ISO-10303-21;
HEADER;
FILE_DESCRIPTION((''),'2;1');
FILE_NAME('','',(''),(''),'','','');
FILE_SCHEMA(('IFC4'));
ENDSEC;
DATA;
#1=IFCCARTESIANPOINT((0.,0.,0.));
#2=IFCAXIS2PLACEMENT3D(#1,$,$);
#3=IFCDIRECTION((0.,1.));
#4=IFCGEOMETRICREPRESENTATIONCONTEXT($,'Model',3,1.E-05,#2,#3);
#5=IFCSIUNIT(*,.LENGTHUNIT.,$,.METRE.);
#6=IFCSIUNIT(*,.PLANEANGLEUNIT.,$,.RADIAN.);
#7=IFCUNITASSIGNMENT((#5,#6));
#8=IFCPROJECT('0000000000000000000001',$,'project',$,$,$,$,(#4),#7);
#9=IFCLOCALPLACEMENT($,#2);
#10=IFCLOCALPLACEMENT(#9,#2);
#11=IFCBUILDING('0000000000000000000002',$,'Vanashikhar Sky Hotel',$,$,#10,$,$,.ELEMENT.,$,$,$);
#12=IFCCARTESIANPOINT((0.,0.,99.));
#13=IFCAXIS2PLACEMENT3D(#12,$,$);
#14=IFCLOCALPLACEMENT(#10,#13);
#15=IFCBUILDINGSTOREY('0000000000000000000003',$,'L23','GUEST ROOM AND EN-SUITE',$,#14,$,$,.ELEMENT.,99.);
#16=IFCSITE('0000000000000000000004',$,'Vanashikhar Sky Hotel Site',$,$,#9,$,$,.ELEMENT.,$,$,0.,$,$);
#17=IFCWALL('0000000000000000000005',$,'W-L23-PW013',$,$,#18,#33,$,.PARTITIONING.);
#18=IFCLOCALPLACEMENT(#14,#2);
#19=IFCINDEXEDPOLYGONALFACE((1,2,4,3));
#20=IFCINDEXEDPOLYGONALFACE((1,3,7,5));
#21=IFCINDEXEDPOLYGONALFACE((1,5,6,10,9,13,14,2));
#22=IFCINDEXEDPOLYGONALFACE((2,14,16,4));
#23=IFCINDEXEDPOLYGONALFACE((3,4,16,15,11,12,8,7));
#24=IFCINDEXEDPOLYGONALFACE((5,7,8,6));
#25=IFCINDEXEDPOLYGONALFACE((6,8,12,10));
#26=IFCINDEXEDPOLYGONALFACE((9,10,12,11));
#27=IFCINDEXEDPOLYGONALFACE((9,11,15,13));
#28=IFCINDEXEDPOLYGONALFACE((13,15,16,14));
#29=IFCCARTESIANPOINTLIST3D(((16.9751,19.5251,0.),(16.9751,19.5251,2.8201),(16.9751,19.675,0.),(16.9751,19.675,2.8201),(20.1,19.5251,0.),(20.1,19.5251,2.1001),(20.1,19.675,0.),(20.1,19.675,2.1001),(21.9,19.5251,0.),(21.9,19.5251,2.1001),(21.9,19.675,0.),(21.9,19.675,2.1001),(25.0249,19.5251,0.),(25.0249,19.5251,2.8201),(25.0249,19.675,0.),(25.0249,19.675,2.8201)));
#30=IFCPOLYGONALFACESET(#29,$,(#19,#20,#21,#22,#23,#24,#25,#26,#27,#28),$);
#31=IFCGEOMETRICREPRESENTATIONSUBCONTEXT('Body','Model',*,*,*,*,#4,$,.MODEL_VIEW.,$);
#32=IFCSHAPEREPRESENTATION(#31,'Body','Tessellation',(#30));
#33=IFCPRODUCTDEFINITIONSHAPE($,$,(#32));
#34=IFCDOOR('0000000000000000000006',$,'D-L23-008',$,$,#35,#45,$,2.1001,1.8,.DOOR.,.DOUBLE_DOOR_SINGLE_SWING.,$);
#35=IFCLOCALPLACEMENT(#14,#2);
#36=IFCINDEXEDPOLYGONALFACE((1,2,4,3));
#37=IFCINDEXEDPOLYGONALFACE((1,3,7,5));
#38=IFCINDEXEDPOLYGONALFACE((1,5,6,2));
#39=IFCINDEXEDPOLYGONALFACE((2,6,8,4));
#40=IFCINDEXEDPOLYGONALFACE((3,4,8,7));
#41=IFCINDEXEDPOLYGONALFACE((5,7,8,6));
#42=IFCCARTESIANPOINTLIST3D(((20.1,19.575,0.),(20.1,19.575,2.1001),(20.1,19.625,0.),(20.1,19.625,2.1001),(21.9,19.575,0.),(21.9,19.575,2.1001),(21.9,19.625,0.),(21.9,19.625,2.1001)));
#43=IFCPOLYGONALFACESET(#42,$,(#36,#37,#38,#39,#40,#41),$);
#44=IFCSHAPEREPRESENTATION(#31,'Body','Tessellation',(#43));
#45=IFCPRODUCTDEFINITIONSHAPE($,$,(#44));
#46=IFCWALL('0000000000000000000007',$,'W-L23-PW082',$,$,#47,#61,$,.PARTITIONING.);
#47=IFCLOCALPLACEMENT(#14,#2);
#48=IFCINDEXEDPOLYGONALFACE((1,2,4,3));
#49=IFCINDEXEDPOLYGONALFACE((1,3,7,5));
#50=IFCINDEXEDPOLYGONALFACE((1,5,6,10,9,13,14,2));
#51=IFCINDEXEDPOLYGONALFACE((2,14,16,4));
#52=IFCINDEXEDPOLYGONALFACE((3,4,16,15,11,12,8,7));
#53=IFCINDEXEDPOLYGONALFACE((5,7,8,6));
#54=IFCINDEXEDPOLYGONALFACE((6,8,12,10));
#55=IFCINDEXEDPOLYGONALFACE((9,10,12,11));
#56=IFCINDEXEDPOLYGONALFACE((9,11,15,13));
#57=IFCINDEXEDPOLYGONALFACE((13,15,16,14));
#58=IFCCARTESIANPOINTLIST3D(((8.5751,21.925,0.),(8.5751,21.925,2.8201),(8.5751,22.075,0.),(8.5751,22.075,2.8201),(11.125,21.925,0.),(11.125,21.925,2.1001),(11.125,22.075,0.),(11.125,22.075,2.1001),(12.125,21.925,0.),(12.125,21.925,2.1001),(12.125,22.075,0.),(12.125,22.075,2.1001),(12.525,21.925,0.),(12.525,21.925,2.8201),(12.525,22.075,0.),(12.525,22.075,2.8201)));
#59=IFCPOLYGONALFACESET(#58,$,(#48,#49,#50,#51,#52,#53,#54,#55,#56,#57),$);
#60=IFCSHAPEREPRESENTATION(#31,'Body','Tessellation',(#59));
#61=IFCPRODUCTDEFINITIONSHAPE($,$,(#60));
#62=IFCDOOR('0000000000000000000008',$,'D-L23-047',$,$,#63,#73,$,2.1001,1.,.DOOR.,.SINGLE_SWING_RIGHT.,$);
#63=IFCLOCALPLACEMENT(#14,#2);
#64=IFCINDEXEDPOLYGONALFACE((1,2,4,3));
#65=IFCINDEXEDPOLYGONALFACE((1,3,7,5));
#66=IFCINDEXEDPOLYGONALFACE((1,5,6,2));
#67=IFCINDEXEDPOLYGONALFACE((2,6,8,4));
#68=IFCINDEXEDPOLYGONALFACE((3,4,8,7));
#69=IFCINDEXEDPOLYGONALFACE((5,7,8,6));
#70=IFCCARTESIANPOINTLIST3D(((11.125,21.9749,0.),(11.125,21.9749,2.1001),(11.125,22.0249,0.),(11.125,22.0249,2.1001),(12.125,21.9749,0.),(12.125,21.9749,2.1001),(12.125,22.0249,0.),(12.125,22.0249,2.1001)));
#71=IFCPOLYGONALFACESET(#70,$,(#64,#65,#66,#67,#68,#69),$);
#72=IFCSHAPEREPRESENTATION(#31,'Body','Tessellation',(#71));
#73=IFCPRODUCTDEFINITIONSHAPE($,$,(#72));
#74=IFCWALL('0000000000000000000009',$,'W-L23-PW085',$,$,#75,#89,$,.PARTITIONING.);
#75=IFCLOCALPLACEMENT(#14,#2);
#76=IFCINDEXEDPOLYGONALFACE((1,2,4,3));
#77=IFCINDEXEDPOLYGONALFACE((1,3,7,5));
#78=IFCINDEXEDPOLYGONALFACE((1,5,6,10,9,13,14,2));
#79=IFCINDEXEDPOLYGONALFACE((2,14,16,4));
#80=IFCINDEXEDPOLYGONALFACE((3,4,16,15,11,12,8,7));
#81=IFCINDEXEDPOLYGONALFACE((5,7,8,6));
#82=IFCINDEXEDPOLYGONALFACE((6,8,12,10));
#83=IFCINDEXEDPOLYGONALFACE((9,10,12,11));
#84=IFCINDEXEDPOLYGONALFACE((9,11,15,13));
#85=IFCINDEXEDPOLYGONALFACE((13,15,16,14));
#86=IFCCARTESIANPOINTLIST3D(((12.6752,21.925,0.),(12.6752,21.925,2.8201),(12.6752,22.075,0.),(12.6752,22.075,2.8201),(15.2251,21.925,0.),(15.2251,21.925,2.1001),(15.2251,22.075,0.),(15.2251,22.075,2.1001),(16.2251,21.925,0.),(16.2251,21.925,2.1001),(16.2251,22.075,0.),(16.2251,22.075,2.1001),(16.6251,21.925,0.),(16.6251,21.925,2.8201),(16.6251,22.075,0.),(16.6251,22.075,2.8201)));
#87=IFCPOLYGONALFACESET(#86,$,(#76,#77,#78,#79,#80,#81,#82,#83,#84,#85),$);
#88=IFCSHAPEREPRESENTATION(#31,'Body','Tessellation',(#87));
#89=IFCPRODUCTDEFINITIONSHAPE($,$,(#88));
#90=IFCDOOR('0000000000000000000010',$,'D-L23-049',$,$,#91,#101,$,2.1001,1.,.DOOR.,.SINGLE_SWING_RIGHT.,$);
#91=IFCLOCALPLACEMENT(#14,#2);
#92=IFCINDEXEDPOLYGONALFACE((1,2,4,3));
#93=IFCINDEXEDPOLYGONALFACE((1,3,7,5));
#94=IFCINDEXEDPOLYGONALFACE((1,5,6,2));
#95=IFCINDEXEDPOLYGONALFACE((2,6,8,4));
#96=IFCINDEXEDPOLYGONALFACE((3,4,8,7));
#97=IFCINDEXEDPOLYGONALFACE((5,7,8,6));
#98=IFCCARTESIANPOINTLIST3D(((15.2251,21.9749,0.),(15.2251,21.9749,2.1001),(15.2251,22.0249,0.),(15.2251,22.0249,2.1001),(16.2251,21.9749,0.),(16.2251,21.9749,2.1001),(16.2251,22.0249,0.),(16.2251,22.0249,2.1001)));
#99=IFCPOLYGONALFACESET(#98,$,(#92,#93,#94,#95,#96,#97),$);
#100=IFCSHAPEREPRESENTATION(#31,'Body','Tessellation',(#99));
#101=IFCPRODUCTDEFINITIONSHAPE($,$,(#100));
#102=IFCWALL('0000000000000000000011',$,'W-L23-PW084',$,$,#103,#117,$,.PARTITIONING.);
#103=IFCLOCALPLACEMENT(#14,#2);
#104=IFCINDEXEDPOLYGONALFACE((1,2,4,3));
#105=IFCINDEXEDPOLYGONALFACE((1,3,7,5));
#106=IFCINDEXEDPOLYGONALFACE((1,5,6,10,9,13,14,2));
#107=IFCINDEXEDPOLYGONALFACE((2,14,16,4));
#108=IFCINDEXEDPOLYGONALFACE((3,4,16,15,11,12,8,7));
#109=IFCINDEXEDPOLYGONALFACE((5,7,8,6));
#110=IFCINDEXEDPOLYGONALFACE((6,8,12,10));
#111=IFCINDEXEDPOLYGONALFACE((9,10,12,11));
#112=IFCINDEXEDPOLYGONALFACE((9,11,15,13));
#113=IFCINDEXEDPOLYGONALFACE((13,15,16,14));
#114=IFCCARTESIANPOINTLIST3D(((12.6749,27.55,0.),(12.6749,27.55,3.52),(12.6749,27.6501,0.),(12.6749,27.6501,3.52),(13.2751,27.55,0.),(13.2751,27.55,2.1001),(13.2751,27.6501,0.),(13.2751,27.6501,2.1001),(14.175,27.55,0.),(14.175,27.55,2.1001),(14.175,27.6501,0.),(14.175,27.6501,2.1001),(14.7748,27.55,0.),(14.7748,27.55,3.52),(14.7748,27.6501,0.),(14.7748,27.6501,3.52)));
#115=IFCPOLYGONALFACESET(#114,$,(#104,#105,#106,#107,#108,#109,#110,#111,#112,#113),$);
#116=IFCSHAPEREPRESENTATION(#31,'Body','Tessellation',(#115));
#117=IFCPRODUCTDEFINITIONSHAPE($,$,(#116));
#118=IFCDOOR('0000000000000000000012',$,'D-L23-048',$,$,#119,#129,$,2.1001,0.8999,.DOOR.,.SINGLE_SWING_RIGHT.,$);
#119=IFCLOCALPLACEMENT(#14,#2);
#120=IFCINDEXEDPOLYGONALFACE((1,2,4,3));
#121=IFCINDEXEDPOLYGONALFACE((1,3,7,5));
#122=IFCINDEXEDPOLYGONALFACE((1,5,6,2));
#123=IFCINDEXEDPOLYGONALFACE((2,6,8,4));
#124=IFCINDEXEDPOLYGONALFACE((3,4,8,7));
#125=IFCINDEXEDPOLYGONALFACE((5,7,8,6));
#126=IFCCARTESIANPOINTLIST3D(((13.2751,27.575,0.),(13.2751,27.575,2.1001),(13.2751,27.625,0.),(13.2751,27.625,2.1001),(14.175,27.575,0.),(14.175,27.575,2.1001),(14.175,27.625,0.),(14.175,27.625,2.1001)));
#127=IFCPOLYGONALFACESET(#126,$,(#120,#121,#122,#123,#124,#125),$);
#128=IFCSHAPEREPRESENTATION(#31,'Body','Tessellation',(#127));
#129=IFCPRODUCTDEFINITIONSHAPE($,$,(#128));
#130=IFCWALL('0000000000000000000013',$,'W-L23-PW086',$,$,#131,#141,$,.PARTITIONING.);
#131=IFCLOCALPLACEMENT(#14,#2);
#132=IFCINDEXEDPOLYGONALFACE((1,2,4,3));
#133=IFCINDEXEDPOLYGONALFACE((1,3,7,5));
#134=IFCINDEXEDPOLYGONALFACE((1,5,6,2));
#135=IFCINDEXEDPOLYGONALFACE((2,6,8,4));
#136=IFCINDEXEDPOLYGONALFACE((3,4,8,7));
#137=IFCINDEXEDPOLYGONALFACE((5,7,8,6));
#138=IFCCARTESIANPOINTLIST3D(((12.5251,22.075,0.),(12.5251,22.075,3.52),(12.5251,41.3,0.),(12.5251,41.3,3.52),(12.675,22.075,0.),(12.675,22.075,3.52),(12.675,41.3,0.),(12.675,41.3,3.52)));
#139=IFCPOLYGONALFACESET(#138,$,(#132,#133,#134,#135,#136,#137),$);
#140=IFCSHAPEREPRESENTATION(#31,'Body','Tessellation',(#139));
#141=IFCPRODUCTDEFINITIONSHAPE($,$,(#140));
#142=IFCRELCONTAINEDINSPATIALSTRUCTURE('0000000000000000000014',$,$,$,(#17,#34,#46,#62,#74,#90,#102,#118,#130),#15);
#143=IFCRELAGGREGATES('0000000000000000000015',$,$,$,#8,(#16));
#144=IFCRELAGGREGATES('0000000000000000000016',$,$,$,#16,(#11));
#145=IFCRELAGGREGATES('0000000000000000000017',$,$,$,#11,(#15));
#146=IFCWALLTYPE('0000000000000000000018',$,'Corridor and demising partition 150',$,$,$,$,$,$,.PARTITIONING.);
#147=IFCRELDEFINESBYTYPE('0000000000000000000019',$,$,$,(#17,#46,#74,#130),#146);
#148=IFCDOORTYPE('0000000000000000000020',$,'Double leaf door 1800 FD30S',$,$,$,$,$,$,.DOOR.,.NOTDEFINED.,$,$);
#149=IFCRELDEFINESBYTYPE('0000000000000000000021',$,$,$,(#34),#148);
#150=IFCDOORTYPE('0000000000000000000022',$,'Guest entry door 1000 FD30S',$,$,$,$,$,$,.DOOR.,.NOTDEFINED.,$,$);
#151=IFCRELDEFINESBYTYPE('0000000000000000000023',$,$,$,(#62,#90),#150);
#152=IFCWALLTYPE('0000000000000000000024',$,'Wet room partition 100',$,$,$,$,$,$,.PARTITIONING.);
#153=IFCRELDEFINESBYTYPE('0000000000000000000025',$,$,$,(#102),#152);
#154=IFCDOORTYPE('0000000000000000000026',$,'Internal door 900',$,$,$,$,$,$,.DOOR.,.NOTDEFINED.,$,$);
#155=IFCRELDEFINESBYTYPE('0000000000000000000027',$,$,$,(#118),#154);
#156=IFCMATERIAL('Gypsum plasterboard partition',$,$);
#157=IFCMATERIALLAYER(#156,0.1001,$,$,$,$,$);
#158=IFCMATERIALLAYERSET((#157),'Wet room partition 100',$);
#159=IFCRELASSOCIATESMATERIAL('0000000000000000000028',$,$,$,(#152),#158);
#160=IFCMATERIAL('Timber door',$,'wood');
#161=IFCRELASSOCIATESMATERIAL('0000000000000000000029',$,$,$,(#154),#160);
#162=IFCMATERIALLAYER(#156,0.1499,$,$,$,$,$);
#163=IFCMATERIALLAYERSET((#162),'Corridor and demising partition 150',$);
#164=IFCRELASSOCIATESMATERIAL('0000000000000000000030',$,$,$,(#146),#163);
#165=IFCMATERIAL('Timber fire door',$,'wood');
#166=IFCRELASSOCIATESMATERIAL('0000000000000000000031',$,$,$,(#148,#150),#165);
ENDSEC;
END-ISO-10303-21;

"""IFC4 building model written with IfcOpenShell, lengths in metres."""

from ifc_helpers import new_model, si_unit, direction, frame, frame_2d, origin, place, context, subcontext, project, spatial, rectangle, extrude, source, transform, mapped, material, layer, layer_set, type_object, element, fill, save


model = new_model("IFC4")

# Units and contexts
model_context = context("Model", 3, precision=1e-05, world=origin(), true_north=direction((0.0, 1.0)))
body_context = subcontext(model_context, "Body", "Model", "MODEL_VIEW")
ifc_project = project(units=[si_unit("LENGTHUNIT", "METRE"), si_unit("PLANEANGLEUNIT", "RADIAN")], contexts=[model_context])

# Site, building, storey
site_placement = place(None, origin())
site = spatial("IfcSite", under=ifc_project, at=site_placement, Name="Vanashikhar Sky Hotel Site", CompositionType="ELEMENT", RefElevation=0.0)
building_placement = place(site_placement, origin())
building = spatial("IfcBuilding", under=site, at=building_placement, Name="Vanashikhar Sky Hotel", CompositionType="ELEMENT")
storey_placement = place(building_placement, frame((0.0, 0.0, 99.0)))
storey = spatial("IfcBuildingStorey", under=building, at=storey_placement, Name="L23", Description="GUEST ROOM AND EN-SUITE", CompositionType="ELEMENT", Elevation=99.0)

# Shared definitions
ifc_material_1 = material(Name="Gypsum plasterboard partition")
ifc_layer_1 = layer(ifc_material_1, 0.1001)
ifc_layer_set_1 = layer_set([ifc_layer_1], Name="Wet room partition 100")
wall_type_1 = type_object("IfcWallType", Name="Wet room partition 100", PredefinedType="PARTITIONING", material=ifc_layer_set_1)

# Walls, openings, doors
shared_shape_1 = source(origin(), body_context, "Body", "SweptSolid", [
    extrude(rectangle(XDim=0.8999, YDim=2.1001, at=frame_2d((0.45, 1.05))), frame((0.0, 0.0601, 0.0), z_axis=(0.0, -1.0, 0.0), x_axis=(1.0, 0.0, 0.0)), (0.0, 0.0, 1.0), 0.1201),
])
ifc_material_2 = material(Name="Timber door", Category="wood")
door_type_1 = type_object("IfcDoorType", Name="Internal door 900", OperationType="NOTDEFINED", PredefinedType="DOOR", material=ifc_material_2)
shared_shape_2 = source(origin(), body_context, "Body", "SweptSolid", [
    extrude(rectangle(XDim=0.8999, YDim=2.1001, at=frame_2d((0.45, 1.05))), frame((0.0, 0.0249, 0.0), z_axis=(0.0, -1.0, 0.0), x_axis=(1.0, 0.0, 0.0)), (0.0, 0.0, 1.0), 0.05),
])
ifc_layer_2 = layer(ifc_material_1, 0.1499)
ifc_layer_set_2 = layer_set([ifc_layer_2], Name="Corridor and demising partition 150")
wall_type_2 = type_object("IfcWallType", Name="Corridor and demising partition 150", PredefinedType="PARTITIONING", material=ifc_layer_set_2)
shared_shape_3 = source(origin(), body_context, "Body", "SweptSolid", [
    extrude(rectangle(XDim=8.0498, YDim=0.1499, at=frame_2d((4.0249, 0.0))), origin(), (0.0, 0.0, 1.0), 2.8201),
])
wall_1_placement = place(storey_placement, frame((16.9751, 19.6001, 0.0), z_axis=(0.0, 0.0, 1.0), x_axis=(1.0, 0.0, 0.0)))
wall_1 = element("IfcWall", 1, at=wall_1_placement, inside=storey, type_object=wall_type_2, Name="W-L23-PW013", PredefinedType="PARTITIONING", context=body_context, shape_type="MappedRepresentation", body=[
    mapped(shared_shape_3, transform((0.0, 0.0, 0.0), scale=1.0)),
])
shared_shape_4 = source(origin(), body_context, "Body", "SweptSolid", [
    extrude(rectangle(XDim=1.8, YDim=2.1001, at=frame_2d((0.8999, 1.05))), frame((0.0, 0.085, 0.0), z_axis=(0.0, -1.0, 0.0), x_axis=(1.0, 0.0, 0.0)), (0.0, 0.0, 1.0), 0.1699),
])
opening_1_placement = place(wall_1_placement, frame((3.125, 0.0, 0.0)))
opening_1 = element("IfcOpeningElement", 2, at=opening_1_placement, cuts=wall_1, PredefinedType="OPENING", context=body_context, shape_type="MappedRepresentation", body=[
    mapped(shared_shape_4, transform((0.0, 0.0, 0.0), scale=1.0)),
])
ifc_material_3 = material(Name="Timber fire door", Category="wood")
door_type_2 = type_object("IfcDoorType", Name="Double leaf door 1800 FD30S", OperationType="NOTDEFINED", PredefinedType="DOOR", material=ifc_material_3)
shared_shape_5 = source(origin(), body_context, "Body", "SweptSolid", [
    extrude(rectangle(XDim=1.8, YDim=2.1001, at=frame_2d((0.8999, 1.05))), frame((0.0, 0.0249, 0.0), z_axis=(0.0, -1.0, 0.0), x_axis=(1.0, 0.0, 0.0)), (0.0, 0.0, 1.0), 0.05),
])
door_1_placement = place(opening_1_placement, origin())
door_1 = element("IfcDoor", 3, at=door_1_placement, inside=storey, type_object=door_type_2, Name="D-L23-008", OperationType="DOUBLE_DOOR_SINGLE_SWING", OverallHeight=2.1001, OverallWidth=1.8, PredefinedType="DOOR", context=body_context, shape_type="MappedRepresentation", body=[
    mapped(shared_shape_5, transform((0.0, 0.0, 0.0), scale=1.0)),
])
fill(opening_1, door_1)
shared_shape_6 = source(origin(), body_context, "Body", "SweptSolid", [
    extrude(rectangle(XDim=3.95, YDim=0.1499, at=frame_2d((1.9751, 0.0))), origin(), (0.0, 0.0, 1.0), 2.8201),
])
wall_2_placement = place(storey_placement, frame((8.575, 22.0, 0.0), z_axis=(0.0, 0.0, 1.0), x_axis=(1.0, 0.0, 0.0)))
wall_2 = element("IfcWall", 4, at=wall_2_placement, inside=storey, type_object=wall_type_2, Name="W-L23-PW082", PredefinedType="PARTITIONING", context=body_context, shape_type="MappedRepresentation", body=[
    mapped(shared_shape_6, transform((0.0, 0.0, 0.0), scale=1.0)),
])
shared_shape_7 = source(origin(), body_context, "Body", "SweptSolid", [
    extrude(rectangle(XDim=1.0, YDim=2.1001, at=frame_2d((0.5, 1.05))), frame((0.0, 0.085, 0.0), z_axis=(0.0, -1.0, 0.0), x_axis=(1.0, 0.0, 0.0)), (0.0, 0.0, 1.0), 0.1699),
])
opening_2_placement = place(wall_2_placement, frame((2.55, 0.0, 0.0)))
opening_2 = element("IfcOpeningElement", 5, at=opening_2_placement, cuts=wall_2, PredefinedType="OPENING", context=body_context, shape_type="MappedRepresentation", body=[
    mapped(shared_shape_7, transform((0.0, 0.0, 0.0), scale=1.0)),
])
door_type_3 = type_object("IfcDoorType", Name="Guest entry door 1000 FD30S", OperationType="NOTDEFINED", PredefinedType="DOOR", material=ifc_material_3)
shared_shape_8 = source(origin(), body_context, "Body", "SweptSolid", [
    extrude(rectangle(XDim=1.0, YDim=2.1001, at=frame_2d((0.5, 1.05))), frame((0.0, 0.0249, 0.0), z_axis=(0.0, -1.0, 0.0), x_axis=(1.0, 0.0, 0.0)), (0.0, 0.0, 1.0), 0.05),
])
door_2_placement = place(opening_2_placement, origin())
door_2 = element("IfcDoor", 6, at=door_2_placement, inside=storey, type_object=door_type_3, Name="D-L23-047", OperationType="SINGLE_SWING_RIGHT", OverallHeight=2.1001, OverallWidth=1.0, PredefinedType="DOOR", context=body_context, shape_type="MappedRepresentation", body=[
    mapped(shared_shape_8, transform((0.0, 0.0, 0.0), scale=1.0)),
])
fill(opening_2, door_2)
wall_3_placement = place(storey_placement, frame((12.675, 22.0, 0.0), z_axis=(0.0, 0.0, 1.0), x_axis=(1.0, 0.0, 0.0)))
wall_3 = element("IfcWall", 7, at=wall_3_placement, inside=storey, type_object=wall_type_2, Name="W-L23-PW085", PredefinedType="PARTITIONING", context=body_context, shape_type="MappedRepresentation", body=[
    mapped(shared_shape_6, transform((0.0, 0.0, 0.0), scale=1.0)),
])
opening_3_placement = place(wall_3_placement, frame((2.55, 0.0, 0.0)))
opening_3 = element("IfcOpeningElement", 8, at=opening_3_placement, cuts=wall_3, PredefinedType="OPENING", context=body_context, shape_type="MappedRepresentation", body=[
    mapped(shared_shape_7, transform((0.0, 0.0, 0.0), scale=1.0)),
])
door_3_placement = place(opening_3_placement, origin())
door_3 = element("IfcDoor", 9, at=door_3_placement, inside=storey, type_object=door_type_3, Name="D-L23-049", OperationType="SINGLE_SWING_RIGHT", OverallHeight=2.1001, OverallWidth=1.0, PredefinedType="DOOR", context=body_context, shape_type="MappedRepresentation", body=[
    mapped(shared_shape_8, transform((0.0, 0.0, 0.0), scale=1.0)),
])
fill(opening_3, door_3)
shared_shape_9 = source(origin(), body_context, "Body", "SweptSolid", [
    extrude(rectangle(XDim=2.0999, YDim=0.1001, at=frame_2d((1.0498, 0.0))), origin(), (0.0, 0.0, 1.0), 3.52),
])
wall_4_placement = place(storey_placement, frame((12.675, 27.6001, 0.0), z_axis=(0.0, 0.0, 1.0), x_axis=(1.0, 0.0, 0.0)))
wall_4 = element("IfcWall", 10, at=wall_4_placement, inside=storey, type_object=wall_type_1, Name="W-L23-PW084", PredefinedType="PARTITIONING", context=body_context, shape_type="MappedRepresentation", body=[
    mapped(shared_shape_9, transform((0.0, 0.0, 0.0), scale=1.0)),
])
opening_4_placement = place(wall_4_placement, frame((0.6001, 0.0, 0.0)))
opening_4 = element("IfcOpeningElement", 11, at=opening_4_placement, cuts=wall_4, PredefinedType="OPENING", context=body_context, shape_type="MappedRepresentation", body=[
    mapped(shared_shape_1, transform((0.0, 0.0, 0.0), scale=1.0)),
])
door_4_placement = place(opening_4_placement, origin())
door_4 = element("IfcDoor", 12, at=door_4_placement, inside=storey, type_object=door_type_1, Name="D-L23-048", OperationType="SINGLE_SWING_RIGHT", OverallHeight=2.1001, OverallWidth=0.8999, PredefinedType="DOOR", context=body_context, shape_type="MappedRepresentation", body=[
    mapped(shared_shape_2, transform((0.0, 0.0, 0.0), scale=1.0)),
])
fill(opening_4, door_4)

# Wall
shared_shape_10 = source(origin(), body_context, "Body", "SweptSolid", [
    extrude(rectangle(XDim=19.2251, YDim=0.1499, at=frame_2d((9.6125, 0.0))), origin(), (0.0, 0.0, 1.0), 3.52),
])
wall_5_placement = place(storey_placement, frame((12.6001, 22.075, 0.0), z_axis=(0.0, 0.0, 1.0), x_axis=(0.0, 1.0, 0.0)))
element("IfcWall", 13, at=wall_5_placement, inside=storey, type_object=wall_type_2, Name="W-L23-PW086", PredefinedType="PARTITIONING", context=body_context, shape_type="MappedRepresentation", body=[
    mapped(shared_shape_10, transform((0.0, 0.0, 0.0), scale=1.0)),
])

save(model, "model.ifc")
